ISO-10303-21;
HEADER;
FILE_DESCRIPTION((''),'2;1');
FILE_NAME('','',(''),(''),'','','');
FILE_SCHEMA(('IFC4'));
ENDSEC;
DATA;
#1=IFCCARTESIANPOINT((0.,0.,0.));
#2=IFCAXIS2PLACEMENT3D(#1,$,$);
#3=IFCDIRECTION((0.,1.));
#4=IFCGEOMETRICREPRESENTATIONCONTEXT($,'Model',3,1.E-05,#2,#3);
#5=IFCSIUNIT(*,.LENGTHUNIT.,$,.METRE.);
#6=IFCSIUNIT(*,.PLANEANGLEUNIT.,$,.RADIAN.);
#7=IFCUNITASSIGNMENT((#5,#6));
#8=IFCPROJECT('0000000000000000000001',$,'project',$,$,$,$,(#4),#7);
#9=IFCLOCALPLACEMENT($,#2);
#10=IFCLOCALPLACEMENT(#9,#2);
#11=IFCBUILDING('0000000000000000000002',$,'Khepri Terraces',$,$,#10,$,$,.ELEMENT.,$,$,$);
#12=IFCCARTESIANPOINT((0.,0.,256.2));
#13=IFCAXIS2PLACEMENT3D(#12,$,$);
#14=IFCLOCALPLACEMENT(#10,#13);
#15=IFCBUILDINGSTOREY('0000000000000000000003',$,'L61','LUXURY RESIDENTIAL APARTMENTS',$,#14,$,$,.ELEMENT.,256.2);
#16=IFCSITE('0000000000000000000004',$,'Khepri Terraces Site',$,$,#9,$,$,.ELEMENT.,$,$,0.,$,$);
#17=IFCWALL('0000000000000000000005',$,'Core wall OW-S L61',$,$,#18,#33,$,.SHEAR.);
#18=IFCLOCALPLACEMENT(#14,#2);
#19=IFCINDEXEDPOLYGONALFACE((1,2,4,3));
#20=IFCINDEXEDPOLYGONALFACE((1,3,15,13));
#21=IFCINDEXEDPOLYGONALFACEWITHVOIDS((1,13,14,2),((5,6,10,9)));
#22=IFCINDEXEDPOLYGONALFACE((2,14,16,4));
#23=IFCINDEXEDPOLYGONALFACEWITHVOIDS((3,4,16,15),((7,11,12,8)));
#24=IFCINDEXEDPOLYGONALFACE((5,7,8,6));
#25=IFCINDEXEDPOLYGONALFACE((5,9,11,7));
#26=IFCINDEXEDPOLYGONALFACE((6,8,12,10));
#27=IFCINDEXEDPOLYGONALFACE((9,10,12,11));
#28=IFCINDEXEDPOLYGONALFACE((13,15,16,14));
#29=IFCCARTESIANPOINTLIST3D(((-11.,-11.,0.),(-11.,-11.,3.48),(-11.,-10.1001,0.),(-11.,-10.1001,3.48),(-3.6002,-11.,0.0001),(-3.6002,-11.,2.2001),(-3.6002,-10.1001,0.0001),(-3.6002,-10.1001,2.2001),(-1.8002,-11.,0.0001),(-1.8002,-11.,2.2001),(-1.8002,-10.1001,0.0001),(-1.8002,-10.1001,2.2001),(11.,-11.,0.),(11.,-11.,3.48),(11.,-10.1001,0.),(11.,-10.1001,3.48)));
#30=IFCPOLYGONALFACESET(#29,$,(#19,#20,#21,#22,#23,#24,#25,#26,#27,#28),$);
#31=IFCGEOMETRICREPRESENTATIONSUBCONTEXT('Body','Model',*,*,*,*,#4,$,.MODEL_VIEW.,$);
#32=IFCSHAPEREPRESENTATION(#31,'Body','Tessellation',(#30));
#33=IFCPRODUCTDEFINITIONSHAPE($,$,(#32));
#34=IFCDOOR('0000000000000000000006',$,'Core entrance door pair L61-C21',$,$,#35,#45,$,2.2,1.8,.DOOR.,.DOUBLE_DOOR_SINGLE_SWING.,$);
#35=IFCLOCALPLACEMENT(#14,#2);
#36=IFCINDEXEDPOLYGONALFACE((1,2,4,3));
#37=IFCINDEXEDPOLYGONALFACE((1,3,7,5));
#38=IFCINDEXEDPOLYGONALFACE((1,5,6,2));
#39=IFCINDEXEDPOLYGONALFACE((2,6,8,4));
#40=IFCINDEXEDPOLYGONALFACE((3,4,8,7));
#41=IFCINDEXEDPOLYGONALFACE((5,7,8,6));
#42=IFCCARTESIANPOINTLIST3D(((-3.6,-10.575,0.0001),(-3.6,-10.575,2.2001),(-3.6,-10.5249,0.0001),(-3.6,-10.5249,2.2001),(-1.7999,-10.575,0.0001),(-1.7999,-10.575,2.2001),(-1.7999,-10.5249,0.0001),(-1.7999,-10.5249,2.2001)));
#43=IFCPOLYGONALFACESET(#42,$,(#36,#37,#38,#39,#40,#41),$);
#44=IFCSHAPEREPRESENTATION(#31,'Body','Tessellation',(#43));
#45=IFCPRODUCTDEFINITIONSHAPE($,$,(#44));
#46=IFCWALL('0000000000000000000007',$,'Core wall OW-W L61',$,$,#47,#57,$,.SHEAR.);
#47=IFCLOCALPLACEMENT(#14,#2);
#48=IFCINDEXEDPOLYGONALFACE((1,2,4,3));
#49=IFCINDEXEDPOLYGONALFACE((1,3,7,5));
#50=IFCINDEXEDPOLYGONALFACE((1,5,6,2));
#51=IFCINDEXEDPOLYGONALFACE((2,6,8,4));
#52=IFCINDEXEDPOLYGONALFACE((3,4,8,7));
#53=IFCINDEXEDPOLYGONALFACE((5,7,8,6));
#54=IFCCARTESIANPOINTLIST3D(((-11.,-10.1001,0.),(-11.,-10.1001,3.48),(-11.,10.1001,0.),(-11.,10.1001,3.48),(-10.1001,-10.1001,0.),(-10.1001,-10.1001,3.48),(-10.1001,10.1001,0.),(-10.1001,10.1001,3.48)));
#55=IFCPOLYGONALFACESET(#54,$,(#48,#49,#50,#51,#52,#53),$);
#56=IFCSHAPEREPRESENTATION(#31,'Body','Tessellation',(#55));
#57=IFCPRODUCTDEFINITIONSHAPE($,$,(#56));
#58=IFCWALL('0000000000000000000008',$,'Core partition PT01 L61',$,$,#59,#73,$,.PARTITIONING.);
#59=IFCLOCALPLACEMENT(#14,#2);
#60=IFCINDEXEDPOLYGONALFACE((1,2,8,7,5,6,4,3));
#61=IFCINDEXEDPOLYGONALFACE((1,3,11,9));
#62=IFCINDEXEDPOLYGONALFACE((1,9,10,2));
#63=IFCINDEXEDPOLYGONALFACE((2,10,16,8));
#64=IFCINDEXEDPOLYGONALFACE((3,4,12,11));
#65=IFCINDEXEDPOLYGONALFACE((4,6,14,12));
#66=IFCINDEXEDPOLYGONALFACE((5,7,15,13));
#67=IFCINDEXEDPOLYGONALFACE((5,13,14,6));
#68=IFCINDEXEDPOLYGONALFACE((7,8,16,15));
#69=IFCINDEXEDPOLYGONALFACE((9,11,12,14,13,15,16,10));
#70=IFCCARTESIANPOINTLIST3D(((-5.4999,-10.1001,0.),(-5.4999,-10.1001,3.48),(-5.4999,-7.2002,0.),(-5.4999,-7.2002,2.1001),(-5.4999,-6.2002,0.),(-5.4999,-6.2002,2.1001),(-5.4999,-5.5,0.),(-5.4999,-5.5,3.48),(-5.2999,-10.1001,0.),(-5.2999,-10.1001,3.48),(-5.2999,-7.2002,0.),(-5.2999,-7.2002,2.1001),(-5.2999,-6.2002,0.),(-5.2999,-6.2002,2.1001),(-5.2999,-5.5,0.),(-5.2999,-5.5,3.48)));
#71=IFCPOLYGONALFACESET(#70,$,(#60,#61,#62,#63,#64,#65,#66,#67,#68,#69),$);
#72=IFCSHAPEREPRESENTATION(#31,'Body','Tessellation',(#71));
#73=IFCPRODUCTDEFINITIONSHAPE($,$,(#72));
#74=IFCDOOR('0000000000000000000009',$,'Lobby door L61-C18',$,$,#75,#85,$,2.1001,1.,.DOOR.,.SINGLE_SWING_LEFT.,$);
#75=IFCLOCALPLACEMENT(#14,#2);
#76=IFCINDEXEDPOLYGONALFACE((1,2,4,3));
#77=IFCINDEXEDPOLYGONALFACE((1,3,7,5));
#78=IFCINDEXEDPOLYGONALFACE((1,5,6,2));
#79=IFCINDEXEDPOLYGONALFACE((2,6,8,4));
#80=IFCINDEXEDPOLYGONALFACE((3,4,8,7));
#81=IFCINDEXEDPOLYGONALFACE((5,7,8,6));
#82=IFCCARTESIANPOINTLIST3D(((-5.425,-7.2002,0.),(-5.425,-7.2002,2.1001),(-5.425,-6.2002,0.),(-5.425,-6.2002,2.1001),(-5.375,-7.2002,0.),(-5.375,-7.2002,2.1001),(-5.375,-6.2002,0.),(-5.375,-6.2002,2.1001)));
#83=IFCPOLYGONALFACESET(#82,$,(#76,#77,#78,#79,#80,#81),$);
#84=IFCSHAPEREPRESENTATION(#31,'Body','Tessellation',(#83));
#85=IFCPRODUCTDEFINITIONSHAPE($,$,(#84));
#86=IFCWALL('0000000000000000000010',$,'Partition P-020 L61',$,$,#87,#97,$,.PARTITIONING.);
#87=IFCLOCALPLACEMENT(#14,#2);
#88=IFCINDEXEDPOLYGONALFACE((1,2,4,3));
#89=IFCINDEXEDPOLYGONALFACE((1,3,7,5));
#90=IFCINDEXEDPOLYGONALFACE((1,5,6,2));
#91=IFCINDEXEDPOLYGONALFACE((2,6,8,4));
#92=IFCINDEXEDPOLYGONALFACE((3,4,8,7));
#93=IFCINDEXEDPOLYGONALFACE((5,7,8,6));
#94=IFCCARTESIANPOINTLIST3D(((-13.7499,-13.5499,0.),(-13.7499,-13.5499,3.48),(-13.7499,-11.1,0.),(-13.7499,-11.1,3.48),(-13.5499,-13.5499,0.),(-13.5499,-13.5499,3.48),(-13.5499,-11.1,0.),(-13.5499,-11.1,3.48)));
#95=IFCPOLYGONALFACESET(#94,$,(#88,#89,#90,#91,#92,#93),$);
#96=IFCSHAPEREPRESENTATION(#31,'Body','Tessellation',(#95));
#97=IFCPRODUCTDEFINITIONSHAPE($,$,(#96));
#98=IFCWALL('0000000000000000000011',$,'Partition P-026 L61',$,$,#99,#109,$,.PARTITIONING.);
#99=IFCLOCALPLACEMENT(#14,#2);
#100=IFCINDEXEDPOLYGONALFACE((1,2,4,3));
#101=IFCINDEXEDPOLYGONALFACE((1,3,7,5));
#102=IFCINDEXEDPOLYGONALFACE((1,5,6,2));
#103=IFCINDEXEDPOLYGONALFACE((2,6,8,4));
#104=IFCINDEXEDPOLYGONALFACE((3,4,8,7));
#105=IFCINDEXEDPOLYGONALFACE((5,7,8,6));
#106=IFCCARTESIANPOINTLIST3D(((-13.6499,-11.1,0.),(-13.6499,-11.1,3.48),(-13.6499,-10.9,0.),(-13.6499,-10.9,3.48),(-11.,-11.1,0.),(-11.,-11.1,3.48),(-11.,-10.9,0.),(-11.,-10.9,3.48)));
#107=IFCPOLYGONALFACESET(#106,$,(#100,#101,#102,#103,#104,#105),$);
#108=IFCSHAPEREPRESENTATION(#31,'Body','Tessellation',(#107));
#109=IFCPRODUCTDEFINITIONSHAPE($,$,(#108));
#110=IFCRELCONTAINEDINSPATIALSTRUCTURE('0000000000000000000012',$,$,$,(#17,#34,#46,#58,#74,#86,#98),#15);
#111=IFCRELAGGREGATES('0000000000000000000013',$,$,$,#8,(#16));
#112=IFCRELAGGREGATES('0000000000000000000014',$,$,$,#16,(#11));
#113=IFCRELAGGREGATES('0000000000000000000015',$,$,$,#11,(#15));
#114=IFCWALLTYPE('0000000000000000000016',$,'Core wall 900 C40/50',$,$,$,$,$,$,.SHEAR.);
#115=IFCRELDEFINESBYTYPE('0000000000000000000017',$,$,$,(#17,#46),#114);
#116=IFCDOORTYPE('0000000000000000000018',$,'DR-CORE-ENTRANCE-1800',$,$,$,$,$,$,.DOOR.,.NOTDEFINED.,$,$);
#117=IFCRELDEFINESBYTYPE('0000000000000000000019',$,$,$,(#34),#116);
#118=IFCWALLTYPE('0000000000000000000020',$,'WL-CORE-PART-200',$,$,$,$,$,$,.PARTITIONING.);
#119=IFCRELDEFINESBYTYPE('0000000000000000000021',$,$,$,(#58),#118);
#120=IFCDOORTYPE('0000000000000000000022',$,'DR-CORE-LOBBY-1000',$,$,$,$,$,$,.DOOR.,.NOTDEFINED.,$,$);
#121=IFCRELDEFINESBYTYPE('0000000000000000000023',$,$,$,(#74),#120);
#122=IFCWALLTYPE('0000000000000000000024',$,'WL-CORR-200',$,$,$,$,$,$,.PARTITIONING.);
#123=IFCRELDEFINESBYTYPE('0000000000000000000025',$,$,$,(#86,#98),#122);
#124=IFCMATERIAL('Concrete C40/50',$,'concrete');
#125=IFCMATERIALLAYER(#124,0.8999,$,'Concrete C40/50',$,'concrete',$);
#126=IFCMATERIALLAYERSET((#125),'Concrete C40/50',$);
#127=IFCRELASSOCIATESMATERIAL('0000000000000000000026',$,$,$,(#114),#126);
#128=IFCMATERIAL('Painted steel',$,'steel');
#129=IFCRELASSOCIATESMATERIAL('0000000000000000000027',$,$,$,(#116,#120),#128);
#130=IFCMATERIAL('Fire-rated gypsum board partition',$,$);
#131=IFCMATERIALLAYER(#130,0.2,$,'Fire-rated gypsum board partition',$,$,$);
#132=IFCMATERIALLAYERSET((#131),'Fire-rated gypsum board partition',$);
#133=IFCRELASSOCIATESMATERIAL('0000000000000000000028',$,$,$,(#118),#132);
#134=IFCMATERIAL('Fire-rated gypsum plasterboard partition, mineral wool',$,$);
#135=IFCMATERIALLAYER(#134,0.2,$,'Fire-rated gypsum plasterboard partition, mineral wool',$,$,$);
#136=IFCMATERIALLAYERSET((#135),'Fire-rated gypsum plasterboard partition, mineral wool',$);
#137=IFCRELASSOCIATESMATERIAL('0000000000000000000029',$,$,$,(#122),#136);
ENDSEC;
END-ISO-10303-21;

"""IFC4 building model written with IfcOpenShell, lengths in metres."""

from ifc_helpers import new_model, si_unit, direction, frame, frame_2d, origin, place, context, subcontext, project, spatial, rectangle, extrude, material, layer, layer_set, type_object, element, fill, save


model = new_model("IFC4")

# Units and contexts
model_context = context("Model", 3, precision=1e-05, world=origin(), true_north=direction((0.0, 1.0)))
body_context = subcontext(model_context, "Body", "Model", "MODEL_VIEW")
ifc_project = project(units=[si_unit("LENGTHUNIT", "METRE"), si_unit("PLANEANGLEUNIT", "RADIAN")], contexts=[model_context])

# Site, building, storey
site_placement = place(None, origin())
site = spatial("IfcSite", under=ifc_project, at=site_placement, Name="Khepri Terraces Site", CompositionType="ELEMENT", RefElevation=0.0)
building_placement = place(site_placement, origin())
building = spatial("IfcBuilding", under=site, at=building_placement, Name="Khepri Terraces", CompositionType="ELEMENT")
storey_placement = place(building_placement, frame((0.0, 0.0, 256.2)))
storey = spatial("IfcBuildingStorey", under=building, at=storey_placement, Name="L61", Description="LUXURY RESIDENTIAL APARTMENTS", CompositionType="ELEMENT", Elevation=256.2)

# Wall, opening, door
ifc_material_1 = material(Name="Concrete C40/50", Category="concrete")
ifc_layer_1 = layer(ifc_material_1, 0.8999, Name="Concrete C40/50", Category="concrete")
ifc_layer_set_1 = layer_set([ifc_layer_1], Name="Concrete C40/50")
wall_type_1 = type_object("IfcWallType", Name="Core wall 900 C40/50", PredefinedType="SHEAR", material=ifc_layer_set_1)
wall_1_placement = place(storey_placement, frame((-11.0, -10.55, 0.0), z_axis=(0.0, 0.0, 1.0), x_axis=(1.0, 0.0, 0.0)))
wall_1 = element("IfcWall", 1, at=wall_1_placement, inside=storey, type_object=wall_type_1, Name="Core wall OW-S L61", PredefinedType="SHEAR", context=body_context, shape_type="SweptSolid", body=[
    extrude(rectangle(XDim=22.0, YDim=0.8999, at=frame_2d((11.0, 0.0))), origin(), (0.0, 0.0, 1.0), 3.48),
])
opening_1_placement = place(wall_1_placement, frame((7.3999, 0.0, 0.0)))
opening_1 = element("IfcOpeningElement", 2, at=opening_1_placement, cuts=wall_1, PredefinedType="OPENING", context=body_context, shape_type="SweptSolid", body=[
    extrude(rectangle(XDim=1.8, YDim=2.2, at=frame_2d((0.8999, 1.1001))), frame((0.0, 0.46, 0.0), z_axis=(0.0, -1.0, 0.0), x_axis=(1.0, 0.0, 0.0)), (0.0, 0.0, 1.0), 0.9199),
])
ifc_material_2 = material(Name="Painted steel", Category="steel")
door_type_1 = type_object("IfcDoorType", Name="DR-CORE-ENTRANCE-1800", OperationType="NOTDEFINED", PredefinedType="DOOR", material=ifc_material_2)
door_1_placement = place(opening_1_placement, frame((1.8, 0.0, 0.0), z_axis=(0.0, 0.0, 1.0), x_axis=(-1.0, 0.0, 0.0)))
door_1 = element("IfcDoor", 3, at=door_1_placement, inside=storey, type_object=door_type_1, Name="Core entrance door pair L61-C21", OperationType="DOUBLE_DOOR_SINGLE_SWING", OverallHeight=2.2, OverallWidth=1.8, PredefinedType="DOOR", context=body_context, shape_type="SweptSolid", body=[
    extrude(rectangle(XDim=1.8, YDim=2.2, at=frame_2d((0.8999, 1.1001))), frame((0.0, 0.0249, 0.0), z_axis=(0.0, -1.0, 0.0), x_axis=(1.0, 0.0, 0.0)), (0.0, 0.0, 1.0), 0.05),
])
fill(opening_1, door_1)

# Wall
wall_2_placement = place(storey_placement, frame((-10.55, -10.1001, 0.0), z_axis=(0.0, 0.0, 1.0), x_axis=(0.0, 1.0, 0.0)))
element("IfcWall", 4, at=wall_2_placement, inside=storey, type_object=wall_type_1, Name="Core wall OW-W L61", PredefinedType="SHEAR", context=body_context, shape_type="SweptSolid", body=[
    extrude(rectangle(XDim=20.2002, YDim=0.8999, at=frame_2d((10.1001, 0.0))), origin(), (0.0, 0.0, 1.0), 3.48),
])

# Wall, opening, door
ifc_material_3 = material(Name="Fire-rated gypsum board partition")
ifc_layer_2 = layer(ifc_material_3, 0.2, Name="Fire-rated gypsum board partition")
ifc_layer_set_2 = layer_set([ifc_layer_2], Name="Fire-rated gypsum board partition")
wall_type_2 = type_object("IfcWallType", Name="WL-CORE-PART-200", PredefinedType="PARTITIONING", material=ifc_layer_set_2)
wall_3_placement = place(storey_placement, frame((-5.3999, -10.1001, 0.0), z_axis=(0.0, 0.0, 1.0), x_axis=(0.0, 1.0, 0.0)))
wall_3 = element("IfcWall", 5, at=wall_3_placement, inside=storey, type_object=wall_type_2, Name="Core partition PT01 L61", PredefinedType="PARTITIONING", context=body_context, shape_type="SweptSolid", body=[
    extrude(rectangle(XDim=4.6001, YDim=0.2, at=frame_2d((2.3, 0.0))), origin(), (0.0, 0.0, 1.0), 3.48),
])
opening_2_placement = place(wall_3_placement, frame((2.8999, 0.0, 0.0)))
opening_2 = element("IfcOpeningElement", 6, at=opening_2_placement, cuts=wall_3, PredefinedType="OPENING", context=body_context, shape_type="SweptSolid", body=[
    extrude(rectangle(XDim=1.0, YDim=2.1001, at=frame_2d((0.5, 1.05))), frame((0.0, 0.1099, 0.0), z_axis=(0.0, -1.0, 0.0), x_axis=(1.0, 0.0, 0.0)), (0.0, 0.0, 1.0), 0.22),
])
door_type_2 = type_object("IfcDoorType", Name="DR-CORE-LOBBY-1000", OperationType="NOTDEFINED", PredefinedType="DOOR", material=ifc_material_2)
door_2_placement = place(opening_2_placement, frame((1.0, 0.0, 0.0), z_axis=(0.0, 0.0, 1.0), x_axis=(-1.0, 0.0, 0.0)))
door_2 = element("IfcDoor", 7, at=door_2_placement, inside=storey, type_object=door_type_2, Name="Lobby door L61-C18", OperationType="SINGLE_SWING_LEFT", OverallHeight=2.1001, OverallWidth=1.0, PredefinedType="DOOR", context=body_context, shape_type="SweptSolid", body=[
    extrude(rectangle(XDim=1.0, YDim=2.1001, at=frame_2d((0.5, 1.05))), frame((0.0, 0.0249, 0.0), z_axis=(0.0, -1.0, 0.0), x_axis=(1.0, 0.0, 0.0)), (0.0, 0.0, 1.0), 0.05),
])
fill(opening_2, door_2)

# Walls
ifc_material_4 = material(Name="Fire-rated gypsum plasterboard partition, mineral wool")
ifc_layer_3 = layer(ifc_material_4, 0.2, Name="Fire-rated gypsum plasterboard partition, mineral wool")
ifc_layer_set_3 = layer_set([ifc_layer_3], Name="Fire-rated gypsum plasterboard partition, mineral wool")
wall_type_3 = type_object("IfcWallType", Name="WL-CORR-200", PredefinedType="PARTITIONING", material=ifc_layer_set_3)
wall_4_placement = place(storey_placement, frame((-13.6499, -13.55, 0.0), z_axis=(0.0, 0.0, 1.0), x_axis=(0.0, 1.0, 0.0)))
element("IfcWall", 8, at=wall_4_placement, inside=storey, type_object=wall_type_3, Name="Partition P-020 L61", PredefinedType="PARTITIONING", context=body_context, shape_type="SweptSolid", body=[
    extrude(rectangle(XDim=2.45, YDim=0.2, at=frame_2d((1.2251, 0.0))), origin(), (0.0, 0.0, 1.0), 3.48),
])
wall_5_placement = place(storey_placement, frame((-13.6499, -11.0, 0.0), z_axis=(0.0, 0.0, 1.0), x_axis=(1.0, 0.0, 0.0)))
element("IfcWall", 9, at=wall_5_placement, inside=storey, type_object=wall_type_3, Name="Partition P-026 L61", PredefinedType="PARTITIONING", context=body_context, shape_type="SweptSolid", body=[
    extrude(rectangle(XDim=2.6499, YDim=0.2, at=frame_2d((1.325, 0.0))), origin(), (0.0, 0.0, 1.0), 3.48),
])

save(model, "model.ifc")
